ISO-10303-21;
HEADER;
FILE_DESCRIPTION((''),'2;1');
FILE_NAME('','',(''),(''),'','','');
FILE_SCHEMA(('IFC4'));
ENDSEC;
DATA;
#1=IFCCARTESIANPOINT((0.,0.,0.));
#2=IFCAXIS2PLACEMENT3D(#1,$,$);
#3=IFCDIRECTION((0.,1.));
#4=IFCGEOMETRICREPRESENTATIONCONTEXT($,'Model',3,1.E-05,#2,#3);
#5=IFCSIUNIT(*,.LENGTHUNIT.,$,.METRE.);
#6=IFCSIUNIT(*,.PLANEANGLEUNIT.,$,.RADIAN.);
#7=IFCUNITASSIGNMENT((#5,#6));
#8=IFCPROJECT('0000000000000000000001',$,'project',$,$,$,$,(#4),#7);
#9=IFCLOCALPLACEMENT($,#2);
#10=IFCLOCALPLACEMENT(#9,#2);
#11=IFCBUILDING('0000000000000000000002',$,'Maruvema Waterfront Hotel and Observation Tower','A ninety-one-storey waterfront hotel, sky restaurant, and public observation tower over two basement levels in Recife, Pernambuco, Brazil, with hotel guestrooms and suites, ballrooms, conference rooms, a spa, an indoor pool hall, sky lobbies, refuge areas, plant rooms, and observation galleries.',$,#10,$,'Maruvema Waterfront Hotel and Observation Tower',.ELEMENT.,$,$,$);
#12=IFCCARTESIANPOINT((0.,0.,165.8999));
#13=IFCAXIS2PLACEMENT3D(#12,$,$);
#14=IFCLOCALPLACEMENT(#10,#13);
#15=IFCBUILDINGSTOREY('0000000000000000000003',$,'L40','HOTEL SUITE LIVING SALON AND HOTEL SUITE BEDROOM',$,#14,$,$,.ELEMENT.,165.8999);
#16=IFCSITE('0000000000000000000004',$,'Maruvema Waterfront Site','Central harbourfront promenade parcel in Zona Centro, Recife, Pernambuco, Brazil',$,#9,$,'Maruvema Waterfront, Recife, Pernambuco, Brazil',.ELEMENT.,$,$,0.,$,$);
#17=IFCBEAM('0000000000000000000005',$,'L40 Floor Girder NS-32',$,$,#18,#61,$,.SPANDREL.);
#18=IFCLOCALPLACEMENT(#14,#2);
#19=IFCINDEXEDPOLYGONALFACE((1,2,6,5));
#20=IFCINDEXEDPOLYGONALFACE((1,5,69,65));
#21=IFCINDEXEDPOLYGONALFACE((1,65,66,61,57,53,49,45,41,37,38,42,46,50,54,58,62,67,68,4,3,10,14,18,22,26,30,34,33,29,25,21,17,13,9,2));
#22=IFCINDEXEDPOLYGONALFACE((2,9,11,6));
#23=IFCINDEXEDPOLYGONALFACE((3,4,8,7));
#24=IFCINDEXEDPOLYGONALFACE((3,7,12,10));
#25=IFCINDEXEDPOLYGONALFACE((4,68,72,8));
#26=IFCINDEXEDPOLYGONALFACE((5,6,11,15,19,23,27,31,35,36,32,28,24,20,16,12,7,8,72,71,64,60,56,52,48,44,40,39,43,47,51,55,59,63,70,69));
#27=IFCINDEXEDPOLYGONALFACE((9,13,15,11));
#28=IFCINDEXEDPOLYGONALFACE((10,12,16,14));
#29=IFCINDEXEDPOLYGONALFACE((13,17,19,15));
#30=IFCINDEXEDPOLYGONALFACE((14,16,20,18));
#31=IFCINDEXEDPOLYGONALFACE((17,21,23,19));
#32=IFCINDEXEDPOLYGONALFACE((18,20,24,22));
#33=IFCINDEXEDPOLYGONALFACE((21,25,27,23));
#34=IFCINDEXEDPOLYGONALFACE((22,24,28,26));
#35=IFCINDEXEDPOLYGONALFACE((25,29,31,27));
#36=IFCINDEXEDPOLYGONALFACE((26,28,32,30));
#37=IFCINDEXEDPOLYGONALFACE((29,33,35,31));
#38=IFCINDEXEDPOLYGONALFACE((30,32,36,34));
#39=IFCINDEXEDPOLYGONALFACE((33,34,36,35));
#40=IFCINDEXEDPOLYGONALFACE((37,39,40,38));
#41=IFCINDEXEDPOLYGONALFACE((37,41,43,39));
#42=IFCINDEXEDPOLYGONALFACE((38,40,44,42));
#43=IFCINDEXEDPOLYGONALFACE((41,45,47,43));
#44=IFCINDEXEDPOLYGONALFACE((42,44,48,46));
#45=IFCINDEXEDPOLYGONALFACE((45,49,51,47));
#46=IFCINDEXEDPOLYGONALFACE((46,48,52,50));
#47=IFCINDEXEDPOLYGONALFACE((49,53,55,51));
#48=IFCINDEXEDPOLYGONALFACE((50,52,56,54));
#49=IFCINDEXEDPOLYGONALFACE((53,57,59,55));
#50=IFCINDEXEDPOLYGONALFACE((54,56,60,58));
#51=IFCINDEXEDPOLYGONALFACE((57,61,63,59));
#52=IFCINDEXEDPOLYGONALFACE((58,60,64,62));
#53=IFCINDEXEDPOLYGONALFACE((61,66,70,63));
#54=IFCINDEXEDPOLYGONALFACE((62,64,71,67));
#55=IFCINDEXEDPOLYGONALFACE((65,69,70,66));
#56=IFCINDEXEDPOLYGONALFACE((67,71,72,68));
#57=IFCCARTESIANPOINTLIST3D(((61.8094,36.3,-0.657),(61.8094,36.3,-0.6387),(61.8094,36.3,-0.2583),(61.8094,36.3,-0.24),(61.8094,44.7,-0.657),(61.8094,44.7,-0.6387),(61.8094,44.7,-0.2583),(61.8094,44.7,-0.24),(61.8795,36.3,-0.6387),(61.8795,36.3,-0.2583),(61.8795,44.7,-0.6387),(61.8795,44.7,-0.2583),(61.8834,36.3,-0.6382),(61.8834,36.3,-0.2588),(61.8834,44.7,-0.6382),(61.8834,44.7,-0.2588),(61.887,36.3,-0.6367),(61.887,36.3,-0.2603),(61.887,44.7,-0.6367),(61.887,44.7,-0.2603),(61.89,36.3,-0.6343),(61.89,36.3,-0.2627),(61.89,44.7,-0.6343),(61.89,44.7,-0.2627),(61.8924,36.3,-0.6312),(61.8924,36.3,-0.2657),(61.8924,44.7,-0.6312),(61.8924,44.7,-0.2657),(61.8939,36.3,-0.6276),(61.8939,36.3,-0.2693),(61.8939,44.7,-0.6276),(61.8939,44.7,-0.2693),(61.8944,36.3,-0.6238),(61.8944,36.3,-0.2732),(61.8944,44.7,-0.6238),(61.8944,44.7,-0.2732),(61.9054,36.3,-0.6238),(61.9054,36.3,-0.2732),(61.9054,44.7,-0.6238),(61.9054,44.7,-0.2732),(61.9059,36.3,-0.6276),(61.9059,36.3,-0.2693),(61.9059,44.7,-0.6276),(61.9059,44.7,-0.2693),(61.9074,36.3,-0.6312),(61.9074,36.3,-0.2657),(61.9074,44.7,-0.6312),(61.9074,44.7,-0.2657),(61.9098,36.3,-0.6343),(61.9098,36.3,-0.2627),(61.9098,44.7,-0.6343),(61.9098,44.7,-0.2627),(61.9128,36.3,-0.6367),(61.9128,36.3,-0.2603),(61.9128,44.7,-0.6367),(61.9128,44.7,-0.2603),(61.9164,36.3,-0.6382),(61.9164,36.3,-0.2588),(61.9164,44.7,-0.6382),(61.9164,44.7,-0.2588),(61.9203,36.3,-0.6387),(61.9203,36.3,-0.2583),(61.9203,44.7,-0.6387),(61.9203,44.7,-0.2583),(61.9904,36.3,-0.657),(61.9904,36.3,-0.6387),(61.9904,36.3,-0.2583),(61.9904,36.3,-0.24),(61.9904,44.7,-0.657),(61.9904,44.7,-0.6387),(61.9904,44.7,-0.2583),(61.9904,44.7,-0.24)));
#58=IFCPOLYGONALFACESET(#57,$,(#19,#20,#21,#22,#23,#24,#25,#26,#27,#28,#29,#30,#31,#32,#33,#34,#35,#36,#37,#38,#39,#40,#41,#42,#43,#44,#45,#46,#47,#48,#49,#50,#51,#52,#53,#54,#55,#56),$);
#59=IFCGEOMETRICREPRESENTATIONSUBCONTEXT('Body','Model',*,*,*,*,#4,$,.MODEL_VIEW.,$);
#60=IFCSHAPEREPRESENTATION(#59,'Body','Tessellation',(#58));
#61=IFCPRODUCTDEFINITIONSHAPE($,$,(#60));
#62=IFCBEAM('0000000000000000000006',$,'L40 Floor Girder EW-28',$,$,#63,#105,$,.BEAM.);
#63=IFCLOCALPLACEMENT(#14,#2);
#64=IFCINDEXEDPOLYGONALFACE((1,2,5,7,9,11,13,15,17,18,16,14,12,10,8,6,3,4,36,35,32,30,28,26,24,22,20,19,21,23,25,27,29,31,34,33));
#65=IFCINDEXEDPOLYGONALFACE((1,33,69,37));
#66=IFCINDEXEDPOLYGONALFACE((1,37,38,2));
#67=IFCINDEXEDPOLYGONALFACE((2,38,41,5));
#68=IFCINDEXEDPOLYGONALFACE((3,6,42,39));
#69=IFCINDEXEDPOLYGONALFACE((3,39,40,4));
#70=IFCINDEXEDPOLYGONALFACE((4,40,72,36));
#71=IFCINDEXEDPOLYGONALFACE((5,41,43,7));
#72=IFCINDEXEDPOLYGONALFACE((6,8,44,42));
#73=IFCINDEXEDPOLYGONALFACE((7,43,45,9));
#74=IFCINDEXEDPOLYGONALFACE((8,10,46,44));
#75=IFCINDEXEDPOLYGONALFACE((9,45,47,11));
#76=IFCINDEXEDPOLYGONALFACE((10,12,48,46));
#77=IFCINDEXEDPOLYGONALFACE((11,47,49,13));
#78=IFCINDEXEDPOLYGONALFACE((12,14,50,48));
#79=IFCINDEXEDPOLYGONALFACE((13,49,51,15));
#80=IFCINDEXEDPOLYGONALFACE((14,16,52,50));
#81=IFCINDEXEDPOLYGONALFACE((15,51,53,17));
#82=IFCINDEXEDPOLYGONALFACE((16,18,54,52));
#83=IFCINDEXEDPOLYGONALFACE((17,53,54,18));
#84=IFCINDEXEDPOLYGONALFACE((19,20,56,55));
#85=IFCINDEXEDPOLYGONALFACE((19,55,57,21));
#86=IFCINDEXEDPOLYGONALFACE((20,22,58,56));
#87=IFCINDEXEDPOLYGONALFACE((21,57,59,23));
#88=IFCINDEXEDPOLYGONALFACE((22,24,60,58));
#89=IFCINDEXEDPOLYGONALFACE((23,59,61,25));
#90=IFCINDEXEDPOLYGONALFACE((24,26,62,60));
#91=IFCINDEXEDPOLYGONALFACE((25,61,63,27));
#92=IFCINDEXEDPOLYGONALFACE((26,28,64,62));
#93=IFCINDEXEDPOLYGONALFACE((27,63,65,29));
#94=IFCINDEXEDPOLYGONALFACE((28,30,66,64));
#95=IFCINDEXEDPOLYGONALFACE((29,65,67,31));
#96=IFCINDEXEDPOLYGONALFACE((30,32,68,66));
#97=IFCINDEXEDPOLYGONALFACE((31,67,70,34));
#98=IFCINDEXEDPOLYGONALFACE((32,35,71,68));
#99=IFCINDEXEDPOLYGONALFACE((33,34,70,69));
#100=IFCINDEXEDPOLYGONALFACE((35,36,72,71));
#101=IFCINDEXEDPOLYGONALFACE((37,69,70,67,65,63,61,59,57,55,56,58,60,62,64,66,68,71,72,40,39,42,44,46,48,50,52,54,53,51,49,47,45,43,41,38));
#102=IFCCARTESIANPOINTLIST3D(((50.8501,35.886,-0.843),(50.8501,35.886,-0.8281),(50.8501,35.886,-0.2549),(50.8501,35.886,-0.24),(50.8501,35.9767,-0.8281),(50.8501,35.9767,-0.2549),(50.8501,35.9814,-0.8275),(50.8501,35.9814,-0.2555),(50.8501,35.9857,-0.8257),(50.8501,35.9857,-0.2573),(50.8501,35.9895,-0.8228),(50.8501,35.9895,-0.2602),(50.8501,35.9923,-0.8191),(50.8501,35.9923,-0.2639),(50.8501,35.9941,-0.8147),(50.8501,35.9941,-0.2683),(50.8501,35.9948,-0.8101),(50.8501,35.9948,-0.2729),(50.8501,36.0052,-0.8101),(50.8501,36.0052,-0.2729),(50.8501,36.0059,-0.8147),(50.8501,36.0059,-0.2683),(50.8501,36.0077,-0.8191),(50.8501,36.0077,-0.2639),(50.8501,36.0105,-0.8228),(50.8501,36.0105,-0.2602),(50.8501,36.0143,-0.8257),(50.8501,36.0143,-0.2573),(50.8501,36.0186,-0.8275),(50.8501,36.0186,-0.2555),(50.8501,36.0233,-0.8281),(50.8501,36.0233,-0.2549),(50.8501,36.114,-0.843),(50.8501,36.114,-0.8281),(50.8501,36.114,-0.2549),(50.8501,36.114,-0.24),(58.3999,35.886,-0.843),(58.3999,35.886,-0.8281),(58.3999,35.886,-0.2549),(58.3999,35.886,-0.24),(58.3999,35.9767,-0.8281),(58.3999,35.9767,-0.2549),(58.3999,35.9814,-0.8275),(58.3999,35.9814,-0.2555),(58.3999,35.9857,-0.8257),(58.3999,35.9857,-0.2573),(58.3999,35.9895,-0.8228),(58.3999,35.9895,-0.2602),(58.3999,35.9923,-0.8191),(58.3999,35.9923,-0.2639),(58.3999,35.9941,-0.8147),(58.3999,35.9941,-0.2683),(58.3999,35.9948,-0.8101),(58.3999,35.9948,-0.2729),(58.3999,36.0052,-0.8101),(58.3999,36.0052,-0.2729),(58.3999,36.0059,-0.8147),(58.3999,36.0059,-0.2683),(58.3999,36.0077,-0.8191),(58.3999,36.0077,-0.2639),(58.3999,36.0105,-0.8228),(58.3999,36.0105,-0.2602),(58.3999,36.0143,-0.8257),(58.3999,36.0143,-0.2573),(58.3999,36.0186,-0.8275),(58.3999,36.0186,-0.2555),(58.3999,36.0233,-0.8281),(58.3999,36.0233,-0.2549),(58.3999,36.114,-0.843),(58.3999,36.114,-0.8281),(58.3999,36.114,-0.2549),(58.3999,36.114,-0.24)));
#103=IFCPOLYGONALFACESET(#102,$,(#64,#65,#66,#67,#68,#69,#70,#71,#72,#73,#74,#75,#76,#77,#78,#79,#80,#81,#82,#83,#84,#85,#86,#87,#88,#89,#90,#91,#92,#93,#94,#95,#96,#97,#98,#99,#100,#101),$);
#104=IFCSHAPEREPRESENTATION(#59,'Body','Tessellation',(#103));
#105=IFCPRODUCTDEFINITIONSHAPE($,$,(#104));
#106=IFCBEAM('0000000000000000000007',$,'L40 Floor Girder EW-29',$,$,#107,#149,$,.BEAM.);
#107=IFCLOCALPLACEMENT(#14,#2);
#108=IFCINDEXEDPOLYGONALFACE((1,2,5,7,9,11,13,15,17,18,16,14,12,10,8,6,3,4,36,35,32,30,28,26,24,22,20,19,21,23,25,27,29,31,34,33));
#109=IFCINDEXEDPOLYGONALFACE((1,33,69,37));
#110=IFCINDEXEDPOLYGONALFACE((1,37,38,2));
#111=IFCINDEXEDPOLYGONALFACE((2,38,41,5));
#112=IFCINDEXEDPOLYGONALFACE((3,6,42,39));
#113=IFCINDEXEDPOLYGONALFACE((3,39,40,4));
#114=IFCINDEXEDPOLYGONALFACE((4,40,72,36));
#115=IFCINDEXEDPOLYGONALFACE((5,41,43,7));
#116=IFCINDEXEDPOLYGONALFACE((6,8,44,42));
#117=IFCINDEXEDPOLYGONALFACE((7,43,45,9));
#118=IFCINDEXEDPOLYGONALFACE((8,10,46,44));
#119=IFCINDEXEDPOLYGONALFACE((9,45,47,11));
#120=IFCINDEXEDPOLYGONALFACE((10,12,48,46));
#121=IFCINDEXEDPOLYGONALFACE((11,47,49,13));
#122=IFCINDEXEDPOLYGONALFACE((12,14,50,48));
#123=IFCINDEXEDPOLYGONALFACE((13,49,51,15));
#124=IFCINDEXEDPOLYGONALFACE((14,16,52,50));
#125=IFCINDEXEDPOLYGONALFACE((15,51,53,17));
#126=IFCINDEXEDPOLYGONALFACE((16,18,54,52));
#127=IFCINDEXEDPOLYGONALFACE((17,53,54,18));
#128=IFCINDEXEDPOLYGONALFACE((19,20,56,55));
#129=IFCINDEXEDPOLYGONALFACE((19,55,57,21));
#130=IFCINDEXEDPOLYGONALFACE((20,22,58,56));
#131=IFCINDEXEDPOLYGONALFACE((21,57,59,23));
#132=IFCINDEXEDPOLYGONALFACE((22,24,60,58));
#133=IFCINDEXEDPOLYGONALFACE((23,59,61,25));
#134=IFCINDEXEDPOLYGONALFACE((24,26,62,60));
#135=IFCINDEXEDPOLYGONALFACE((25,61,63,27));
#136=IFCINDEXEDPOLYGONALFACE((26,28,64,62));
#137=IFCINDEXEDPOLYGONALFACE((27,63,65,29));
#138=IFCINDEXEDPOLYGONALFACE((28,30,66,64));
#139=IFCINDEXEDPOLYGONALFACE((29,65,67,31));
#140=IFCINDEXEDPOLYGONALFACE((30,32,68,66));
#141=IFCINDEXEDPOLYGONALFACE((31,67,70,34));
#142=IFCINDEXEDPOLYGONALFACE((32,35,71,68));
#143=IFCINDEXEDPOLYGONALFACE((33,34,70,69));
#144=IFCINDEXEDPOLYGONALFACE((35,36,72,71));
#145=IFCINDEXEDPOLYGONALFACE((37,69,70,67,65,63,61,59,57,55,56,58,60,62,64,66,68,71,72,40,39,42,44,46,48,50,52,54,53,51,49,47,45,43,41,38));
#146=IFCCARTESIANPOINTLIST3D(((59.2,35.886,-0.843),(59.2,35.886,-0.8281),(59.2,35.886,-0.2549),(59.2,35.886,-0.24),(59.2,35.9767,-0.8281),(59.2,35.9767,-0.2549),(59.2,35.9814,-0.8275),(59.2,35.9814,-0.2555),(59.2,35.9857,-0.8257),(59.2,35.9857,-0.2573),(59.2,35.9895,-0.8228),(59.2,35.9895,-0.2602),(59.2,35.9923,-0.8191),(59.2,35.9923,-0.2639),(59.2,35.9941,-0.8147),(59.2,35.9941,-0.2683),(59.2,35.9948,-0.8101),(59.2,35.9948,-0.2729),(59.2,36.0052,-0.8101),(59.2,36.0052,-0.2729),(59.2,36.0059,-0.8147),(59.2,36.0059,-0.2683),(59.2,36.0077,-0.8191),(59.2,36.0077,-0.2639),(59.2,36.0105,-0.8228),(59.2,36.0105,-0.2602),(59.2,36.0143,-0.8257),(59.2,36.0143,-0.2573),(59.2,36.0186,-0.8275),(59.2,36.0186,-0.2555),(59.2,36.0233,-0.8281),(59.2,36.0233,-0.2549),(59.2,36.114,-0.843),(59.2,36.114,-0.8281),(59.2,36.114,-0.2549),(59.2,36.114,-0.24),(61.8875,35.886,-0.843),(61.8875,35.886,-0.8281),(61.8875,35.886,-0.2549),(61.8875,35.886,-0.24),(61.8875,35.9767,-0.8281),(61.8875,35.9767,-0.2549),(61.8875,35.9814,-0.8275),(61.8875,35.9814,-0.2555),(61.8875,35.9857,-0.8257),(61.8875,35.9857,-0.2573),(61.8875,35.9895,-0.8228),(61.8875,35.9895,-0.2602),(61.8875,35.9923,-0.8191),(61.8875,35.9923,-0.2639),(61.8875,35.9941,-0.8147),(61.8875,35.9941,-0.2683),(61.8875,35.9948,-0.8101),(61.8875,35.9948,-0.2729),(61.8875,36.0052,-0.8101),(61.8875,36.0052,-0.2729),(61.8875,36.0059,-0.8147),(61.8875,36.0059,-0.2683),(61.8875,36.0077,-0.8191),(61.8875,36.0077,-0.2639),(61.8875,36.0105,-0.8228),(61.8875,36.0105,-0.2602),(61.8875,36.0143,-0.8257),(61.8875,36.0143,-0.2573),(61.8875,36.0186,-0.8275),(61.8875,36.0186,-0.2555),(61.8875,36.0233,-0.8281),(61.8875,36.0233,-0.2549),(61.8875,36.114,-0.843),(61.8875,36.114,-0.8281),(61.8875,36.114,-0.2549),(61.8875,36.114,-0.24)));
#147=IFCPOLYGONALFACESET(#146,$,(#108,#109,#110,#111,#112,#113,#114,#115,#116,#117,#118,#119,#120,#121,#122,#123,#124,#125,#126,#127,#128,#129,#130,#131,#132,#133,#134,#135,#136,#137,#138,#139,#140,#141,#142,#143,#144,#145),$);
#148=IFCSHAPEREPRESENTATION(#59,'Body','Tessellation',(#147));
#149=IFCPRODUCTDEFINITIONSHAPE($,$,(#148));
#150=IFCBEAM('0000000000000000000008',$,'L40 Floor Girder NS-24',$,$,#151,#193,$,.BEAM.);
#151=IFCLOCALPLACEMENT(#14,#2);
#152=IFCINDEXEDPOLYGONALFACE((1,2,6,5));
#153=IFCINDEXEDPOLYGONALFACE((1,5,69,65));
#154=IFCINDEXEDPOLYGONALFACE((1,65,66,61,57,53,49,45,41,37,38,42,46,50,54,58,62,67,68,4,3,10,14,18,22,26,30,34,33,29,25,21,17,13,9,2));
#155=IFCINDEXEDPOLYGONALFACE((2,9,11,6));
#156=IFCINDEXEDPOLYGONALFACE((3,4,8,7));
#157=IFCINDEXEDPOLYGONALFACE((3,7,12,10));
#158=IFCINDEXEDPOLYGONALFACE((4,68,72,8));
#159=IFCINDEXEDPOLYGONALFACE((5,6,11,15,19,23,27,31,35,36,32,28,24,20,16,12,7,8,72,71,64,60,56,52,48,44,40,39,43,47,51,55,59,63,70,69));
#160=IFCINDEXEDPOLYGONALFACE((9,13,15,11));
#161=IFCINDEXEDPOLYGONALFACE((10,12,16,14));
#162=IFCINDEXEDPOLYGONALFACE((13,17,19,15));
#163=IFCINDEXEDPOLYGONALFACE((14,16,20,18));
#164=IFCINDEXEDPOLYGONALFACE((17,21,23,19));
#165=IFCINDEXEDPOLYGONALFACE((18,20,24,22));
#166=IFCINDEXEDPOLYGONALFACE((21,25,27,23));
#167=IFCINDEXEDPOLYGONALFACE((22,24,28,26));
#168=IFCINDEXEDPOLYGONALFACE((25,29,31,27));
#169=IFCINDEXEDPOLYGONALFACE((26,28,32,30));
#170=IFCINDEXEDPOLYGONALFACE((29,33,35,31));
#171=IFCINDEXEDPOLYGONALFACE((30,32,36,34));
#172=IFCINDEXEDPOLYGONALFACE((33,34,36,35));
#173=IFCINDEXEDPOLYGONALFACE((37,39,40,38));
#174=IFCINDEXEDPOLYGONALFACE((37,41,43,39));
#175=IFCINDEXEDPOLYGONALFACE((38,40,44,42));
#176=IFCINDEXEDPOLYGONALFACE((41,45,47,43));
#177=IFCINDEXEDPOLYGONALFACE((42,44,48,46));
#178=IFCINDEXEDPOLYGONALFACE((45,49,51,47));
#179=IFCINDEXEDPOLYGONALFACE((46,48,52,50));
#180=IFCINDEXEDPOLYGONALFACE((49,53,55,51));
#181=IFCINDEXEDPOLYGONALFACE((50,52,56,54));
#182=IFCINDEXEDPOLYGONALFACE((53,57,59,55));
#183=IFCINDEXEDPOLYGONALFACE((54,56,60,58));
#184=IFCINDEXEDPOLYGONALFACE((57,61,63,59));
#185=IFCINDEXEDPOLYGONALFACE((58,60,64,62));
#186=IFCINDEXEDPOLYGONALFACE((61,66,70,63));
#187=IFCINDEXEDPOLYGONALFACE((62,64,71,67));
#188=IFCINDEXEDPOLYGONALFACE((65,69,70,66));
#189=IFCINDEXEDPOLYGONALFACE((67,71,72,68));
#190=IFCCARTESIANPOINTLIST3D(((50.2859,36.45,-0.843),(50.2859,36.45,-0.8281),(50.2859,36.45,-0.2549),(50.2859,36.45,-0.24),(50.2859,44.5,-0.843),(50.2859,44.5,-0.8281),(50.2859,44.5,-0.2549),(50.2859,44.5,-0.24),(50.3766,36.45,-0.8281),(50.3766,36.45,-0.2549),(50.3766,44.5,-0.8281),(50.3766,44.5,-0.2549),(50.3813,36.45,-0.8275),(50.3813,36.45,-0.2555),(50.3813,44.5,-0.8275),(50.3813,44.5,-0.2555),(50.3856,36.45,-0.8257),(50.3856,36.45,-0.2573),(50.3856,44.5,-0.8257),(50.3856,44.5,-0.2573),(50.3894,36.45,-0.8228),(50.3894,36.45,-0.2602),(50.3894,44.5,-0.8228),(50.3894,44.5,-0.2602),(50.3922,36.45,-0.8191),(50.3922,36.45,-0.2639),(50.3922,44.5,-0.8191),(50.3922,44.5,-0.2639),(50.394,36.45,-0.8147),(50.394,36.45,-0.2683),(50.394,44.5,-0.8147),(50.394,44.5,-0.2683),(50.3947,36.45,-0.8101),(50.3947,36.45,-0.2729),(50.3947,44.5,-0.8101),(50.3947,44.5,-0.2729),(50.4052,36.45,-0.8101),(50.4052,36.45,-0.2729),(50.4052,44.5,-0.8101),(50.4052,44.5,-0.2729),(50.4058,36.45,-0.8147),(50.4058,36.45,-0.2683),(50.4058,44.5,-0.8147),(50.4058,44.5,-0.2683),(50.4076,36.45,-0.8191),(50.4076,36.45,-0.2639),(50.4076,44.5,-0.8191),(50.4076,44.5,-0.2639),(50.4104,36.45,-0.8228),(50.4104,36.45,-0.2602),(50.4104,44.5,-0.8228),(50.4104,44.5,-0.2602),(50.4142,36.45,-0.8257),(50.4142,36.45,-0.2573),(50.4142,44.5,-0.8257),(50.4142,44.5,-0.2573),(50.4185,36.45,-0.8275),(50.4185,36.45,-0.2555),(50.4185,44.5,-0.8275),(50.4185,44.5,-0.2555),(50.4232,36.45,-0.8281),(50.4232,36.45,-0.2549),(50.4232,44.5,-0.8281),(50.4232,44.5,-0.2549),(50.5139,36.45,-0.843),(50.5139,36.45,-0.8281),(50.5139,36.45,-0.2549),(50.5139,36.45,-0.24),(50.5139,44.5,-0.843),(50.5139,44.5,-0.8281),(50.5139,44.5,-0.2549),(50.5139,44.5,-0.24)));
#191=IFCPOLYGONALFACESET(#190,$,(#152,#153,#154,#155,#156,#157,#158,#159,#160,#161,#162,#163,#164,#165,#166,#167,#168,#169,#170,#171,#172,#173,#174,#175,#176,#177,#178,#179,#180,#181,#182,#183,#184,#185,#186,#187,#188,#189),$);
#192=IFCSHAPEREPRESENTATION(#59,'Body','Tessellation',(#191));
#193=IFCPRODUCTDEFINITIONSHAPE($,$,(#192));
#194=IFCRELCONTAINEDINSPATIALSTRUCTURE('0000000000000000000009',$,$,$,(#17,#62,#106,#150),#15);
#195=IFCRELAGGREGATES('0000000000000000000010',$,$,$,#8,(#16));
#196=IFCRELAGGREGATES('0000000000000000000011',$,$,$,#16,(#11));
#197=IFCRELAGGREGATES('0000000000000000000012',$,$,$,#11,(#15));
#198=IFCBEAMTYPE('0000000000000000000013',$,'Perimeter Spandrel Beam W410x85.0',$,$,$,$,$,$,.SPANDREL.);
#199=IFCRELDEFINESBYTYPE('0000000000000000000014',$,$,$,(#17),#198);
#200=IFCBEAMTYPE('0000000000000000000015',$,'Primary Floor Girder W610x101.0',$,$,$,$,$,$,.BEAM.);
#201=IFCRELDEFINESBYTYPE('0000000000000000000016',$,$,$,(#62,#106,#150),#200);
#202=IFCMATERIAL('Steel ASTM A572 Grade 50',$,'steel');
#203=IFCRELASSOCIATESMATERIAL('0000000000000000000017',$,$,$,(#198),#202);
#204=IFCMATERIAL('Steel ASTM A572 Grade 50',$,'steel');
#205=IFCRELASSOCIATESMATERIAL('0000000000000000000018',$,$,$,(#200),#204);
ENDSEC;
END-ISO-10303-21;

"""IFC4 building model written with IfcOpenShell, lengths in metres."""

from ifc_helpers import new_model, si_unit, direction, frame, origin, origin_2d, place, context, subcontext, project, spatial, i_section, extrude, material, material_profile, profile_set, type_object, element, save


model = new_model("IFC4")

# Units and contexts
model_context = context("Model", 3, precision=1e-05, world=origin(), true_north=direction((0.0, 1.0)))
body_context = subcontext(model_context, "Body", "Model", "MODEL_VIEW")
ifc_project = project(units=[si_unit("LENGTHUNIT", "METRE"), si_unit("PLANEANGLEUNIT", "RADIAN")], contexts=[model_context])

# Site, building, storey
site_placement = place(None, origin())
site = spatial("IfcSite", under=ifc_project, at=site_placement, Name="Maruvema Waterfront Site", Description="Central harbourfront promenade parcel in Zona Centro, Recife, Pernambuco, Brazil", LongName="Maruvema Waterfront, Recife, Pernambuco, Brazil", CompositionType="ELEMENT", RefElevation=0.0)
building_placement = place(site_placement, origin())
building = spatial("IfcBuilding", under=site, at=building_placement, Name="Maruvema Waterfront Hotel and Observation Tower", Description="A ninety-one-storey waterfront hotel, sky restaurant, and public observation tower over two basement levels in Recife, Pernambuco, Brazil, with hotel guestrooms and suites, ballrooms, conference rooms, a spa, an indoor pool hall, sky lobbies, refuge areas, plant rooms, and observation galleries.", LongName="Maruvema Waterfront Hotel and Observation Tower", CompositionType="ELEMENT")
storey_placement = place(building_placement, frame((0.0, 0.0, 165.8999)))
storey = spatial("IfcBuildingStorey", under=building, at=storey_placement, Name="L40", Description="HOTEL SUITE LIVING SALON AND HOTEL SUITE BEDROOM", CompositionType="ELEMENT", Elevation=165.8999)

# Beams
ifc_material_1 = material(Name="Steel ASTM A572 Grade 50", Category="steel")
ifc_material_profile_1 = material_profile(ifc_material_1, i_section(OverallWidth=0.1809, OverallDepth=0.417, WebThickness=0.011, FlangeThickness=0.0183, FilletRadius=0.0149, at=origin_2d()), Name="W410x85.0")
ifc_profile_set_1 = profile_set([ifc_material_profile_1], Name="Steel ASTM A572 Grade 50")
beam_type_1 = type_object("IfcBeamType", Name="Perimeter Spandrel Beam W410x85.0", PredefinedType="SPANDREL", material=ifc_profile_set_1)
beam_1_placement = place(storey_placement, frame((61.8999, 36.3, -0.4485), z_axis=(0.0, 1.0, 0.0), x_axis=(-1.0, 0.0, 0.0)))
element("IfcBeam", 1, at=beam_1_placement, inside=storey, type_object=beam_type_1, Name="L40 Floor Girder NS-32", PredefinedType="SPANDREL", context=body_context, shape_type="SweptSolid", body=[
    extrude(i_section(OverallWidth=0.1809, OverallDepth=0.417, WebThickness=0.011, FlangeThickness=0.0183, FilletRadius=0.0149, at=origin_2d()), origin(), (0.0, 0.0, 1.0), 8.3999),
])
ifc_material_2 = material(Name="Steel ASTM A572 Grade 50", Category="steel")
ifc_material_profile_2 = material_profile(ifc_material_2, i_section(OverallWidth=0.228, OverallDepth=0.603, WebThickness=0.0105, FlangeThickness=0.0149, FilletRadius=0.0181, at=origin_2d()), Name="W610x101.0")
ifc_profile_set_2 = profile_set([ifc_material_profile_2], Name="Steel ASTM A572 Grade 50")
beam_type_2 = type_object("IfcBeamType", Name="Primary Floor Girder W610x101.0", PredefinedType="BEAM", material=ifc_profile_set_2)
beam_2_placement = place(storey_placement, frame((50.8501, 36.0, -0.5415), z_axis=(1.0, 0.0, 0.0), x_axis=(0.0, 1.0, 0.0)))
element("IfcBeam", 2, at=beam_2_placement, inside=storey, type_object=beam_type_2, Name="L40 Floor Girder EW-28", PredefinedType="BEAM", context=body_context, shape_type="SweptSolid", body=[
    extrude(i_section(OverallWidth=0.228, OverallDepth=0.603, WebThickness=0.0105, FlangeThickness=0.0149, FilletRadius=0.0181, at=origin_2d()), origin(), (0.0, 0.0, 1.0), 7.5498),
])
beam_3_placement = place(storey_placement, frame((59.2, 36.0, -0.5415), z_axis=(1.0, 0.0, 0.0), x_axis=(0.0, 1.0, 0.0)))
element("IfcBeam", 3, at=beam_3_placement, inside=storey, type_object=beam_type_2, Name="L40 Floor Girder EW-29", PredefinedType="BEAM", context=body_context, shape_type="SweptSolid", body=[
    extrude(i_section(OverallWidth=0.228, OverallDepth=0.603, WebThickness=0.0105, FlangeThickness=0.0149, FilletRadius=0.0181, at=origin_2d()), origin(), (0.0, 0.0, 1.0), 2.6875),
])
beam_4_placement = place(storey_placement, frame((50.3999, 36.45, -0.5415), z_axis=(0.0, 1.0, 0.0), x_axis=(-1.0, 0.0, 0.0)))
element("IfcBeam", 4, at=beam_4_placement, inside=storey, type_object=beam_type_2, Name="L40 Floor Girder NS-24", PredefinedType="BEAM", context=body_context, shape_type="SweptSolid", body=[
    extrude(i_section(OverallWidth=0.228, OverallDepth=0.603, WebThickness=0.0105, FlangeThickness=0.0149, FilletRadius=0.0181, at=origin_2d()), origin(), (0.0, 0.0, 1.0), 8.05),
])

save(model, "model.ifc")
